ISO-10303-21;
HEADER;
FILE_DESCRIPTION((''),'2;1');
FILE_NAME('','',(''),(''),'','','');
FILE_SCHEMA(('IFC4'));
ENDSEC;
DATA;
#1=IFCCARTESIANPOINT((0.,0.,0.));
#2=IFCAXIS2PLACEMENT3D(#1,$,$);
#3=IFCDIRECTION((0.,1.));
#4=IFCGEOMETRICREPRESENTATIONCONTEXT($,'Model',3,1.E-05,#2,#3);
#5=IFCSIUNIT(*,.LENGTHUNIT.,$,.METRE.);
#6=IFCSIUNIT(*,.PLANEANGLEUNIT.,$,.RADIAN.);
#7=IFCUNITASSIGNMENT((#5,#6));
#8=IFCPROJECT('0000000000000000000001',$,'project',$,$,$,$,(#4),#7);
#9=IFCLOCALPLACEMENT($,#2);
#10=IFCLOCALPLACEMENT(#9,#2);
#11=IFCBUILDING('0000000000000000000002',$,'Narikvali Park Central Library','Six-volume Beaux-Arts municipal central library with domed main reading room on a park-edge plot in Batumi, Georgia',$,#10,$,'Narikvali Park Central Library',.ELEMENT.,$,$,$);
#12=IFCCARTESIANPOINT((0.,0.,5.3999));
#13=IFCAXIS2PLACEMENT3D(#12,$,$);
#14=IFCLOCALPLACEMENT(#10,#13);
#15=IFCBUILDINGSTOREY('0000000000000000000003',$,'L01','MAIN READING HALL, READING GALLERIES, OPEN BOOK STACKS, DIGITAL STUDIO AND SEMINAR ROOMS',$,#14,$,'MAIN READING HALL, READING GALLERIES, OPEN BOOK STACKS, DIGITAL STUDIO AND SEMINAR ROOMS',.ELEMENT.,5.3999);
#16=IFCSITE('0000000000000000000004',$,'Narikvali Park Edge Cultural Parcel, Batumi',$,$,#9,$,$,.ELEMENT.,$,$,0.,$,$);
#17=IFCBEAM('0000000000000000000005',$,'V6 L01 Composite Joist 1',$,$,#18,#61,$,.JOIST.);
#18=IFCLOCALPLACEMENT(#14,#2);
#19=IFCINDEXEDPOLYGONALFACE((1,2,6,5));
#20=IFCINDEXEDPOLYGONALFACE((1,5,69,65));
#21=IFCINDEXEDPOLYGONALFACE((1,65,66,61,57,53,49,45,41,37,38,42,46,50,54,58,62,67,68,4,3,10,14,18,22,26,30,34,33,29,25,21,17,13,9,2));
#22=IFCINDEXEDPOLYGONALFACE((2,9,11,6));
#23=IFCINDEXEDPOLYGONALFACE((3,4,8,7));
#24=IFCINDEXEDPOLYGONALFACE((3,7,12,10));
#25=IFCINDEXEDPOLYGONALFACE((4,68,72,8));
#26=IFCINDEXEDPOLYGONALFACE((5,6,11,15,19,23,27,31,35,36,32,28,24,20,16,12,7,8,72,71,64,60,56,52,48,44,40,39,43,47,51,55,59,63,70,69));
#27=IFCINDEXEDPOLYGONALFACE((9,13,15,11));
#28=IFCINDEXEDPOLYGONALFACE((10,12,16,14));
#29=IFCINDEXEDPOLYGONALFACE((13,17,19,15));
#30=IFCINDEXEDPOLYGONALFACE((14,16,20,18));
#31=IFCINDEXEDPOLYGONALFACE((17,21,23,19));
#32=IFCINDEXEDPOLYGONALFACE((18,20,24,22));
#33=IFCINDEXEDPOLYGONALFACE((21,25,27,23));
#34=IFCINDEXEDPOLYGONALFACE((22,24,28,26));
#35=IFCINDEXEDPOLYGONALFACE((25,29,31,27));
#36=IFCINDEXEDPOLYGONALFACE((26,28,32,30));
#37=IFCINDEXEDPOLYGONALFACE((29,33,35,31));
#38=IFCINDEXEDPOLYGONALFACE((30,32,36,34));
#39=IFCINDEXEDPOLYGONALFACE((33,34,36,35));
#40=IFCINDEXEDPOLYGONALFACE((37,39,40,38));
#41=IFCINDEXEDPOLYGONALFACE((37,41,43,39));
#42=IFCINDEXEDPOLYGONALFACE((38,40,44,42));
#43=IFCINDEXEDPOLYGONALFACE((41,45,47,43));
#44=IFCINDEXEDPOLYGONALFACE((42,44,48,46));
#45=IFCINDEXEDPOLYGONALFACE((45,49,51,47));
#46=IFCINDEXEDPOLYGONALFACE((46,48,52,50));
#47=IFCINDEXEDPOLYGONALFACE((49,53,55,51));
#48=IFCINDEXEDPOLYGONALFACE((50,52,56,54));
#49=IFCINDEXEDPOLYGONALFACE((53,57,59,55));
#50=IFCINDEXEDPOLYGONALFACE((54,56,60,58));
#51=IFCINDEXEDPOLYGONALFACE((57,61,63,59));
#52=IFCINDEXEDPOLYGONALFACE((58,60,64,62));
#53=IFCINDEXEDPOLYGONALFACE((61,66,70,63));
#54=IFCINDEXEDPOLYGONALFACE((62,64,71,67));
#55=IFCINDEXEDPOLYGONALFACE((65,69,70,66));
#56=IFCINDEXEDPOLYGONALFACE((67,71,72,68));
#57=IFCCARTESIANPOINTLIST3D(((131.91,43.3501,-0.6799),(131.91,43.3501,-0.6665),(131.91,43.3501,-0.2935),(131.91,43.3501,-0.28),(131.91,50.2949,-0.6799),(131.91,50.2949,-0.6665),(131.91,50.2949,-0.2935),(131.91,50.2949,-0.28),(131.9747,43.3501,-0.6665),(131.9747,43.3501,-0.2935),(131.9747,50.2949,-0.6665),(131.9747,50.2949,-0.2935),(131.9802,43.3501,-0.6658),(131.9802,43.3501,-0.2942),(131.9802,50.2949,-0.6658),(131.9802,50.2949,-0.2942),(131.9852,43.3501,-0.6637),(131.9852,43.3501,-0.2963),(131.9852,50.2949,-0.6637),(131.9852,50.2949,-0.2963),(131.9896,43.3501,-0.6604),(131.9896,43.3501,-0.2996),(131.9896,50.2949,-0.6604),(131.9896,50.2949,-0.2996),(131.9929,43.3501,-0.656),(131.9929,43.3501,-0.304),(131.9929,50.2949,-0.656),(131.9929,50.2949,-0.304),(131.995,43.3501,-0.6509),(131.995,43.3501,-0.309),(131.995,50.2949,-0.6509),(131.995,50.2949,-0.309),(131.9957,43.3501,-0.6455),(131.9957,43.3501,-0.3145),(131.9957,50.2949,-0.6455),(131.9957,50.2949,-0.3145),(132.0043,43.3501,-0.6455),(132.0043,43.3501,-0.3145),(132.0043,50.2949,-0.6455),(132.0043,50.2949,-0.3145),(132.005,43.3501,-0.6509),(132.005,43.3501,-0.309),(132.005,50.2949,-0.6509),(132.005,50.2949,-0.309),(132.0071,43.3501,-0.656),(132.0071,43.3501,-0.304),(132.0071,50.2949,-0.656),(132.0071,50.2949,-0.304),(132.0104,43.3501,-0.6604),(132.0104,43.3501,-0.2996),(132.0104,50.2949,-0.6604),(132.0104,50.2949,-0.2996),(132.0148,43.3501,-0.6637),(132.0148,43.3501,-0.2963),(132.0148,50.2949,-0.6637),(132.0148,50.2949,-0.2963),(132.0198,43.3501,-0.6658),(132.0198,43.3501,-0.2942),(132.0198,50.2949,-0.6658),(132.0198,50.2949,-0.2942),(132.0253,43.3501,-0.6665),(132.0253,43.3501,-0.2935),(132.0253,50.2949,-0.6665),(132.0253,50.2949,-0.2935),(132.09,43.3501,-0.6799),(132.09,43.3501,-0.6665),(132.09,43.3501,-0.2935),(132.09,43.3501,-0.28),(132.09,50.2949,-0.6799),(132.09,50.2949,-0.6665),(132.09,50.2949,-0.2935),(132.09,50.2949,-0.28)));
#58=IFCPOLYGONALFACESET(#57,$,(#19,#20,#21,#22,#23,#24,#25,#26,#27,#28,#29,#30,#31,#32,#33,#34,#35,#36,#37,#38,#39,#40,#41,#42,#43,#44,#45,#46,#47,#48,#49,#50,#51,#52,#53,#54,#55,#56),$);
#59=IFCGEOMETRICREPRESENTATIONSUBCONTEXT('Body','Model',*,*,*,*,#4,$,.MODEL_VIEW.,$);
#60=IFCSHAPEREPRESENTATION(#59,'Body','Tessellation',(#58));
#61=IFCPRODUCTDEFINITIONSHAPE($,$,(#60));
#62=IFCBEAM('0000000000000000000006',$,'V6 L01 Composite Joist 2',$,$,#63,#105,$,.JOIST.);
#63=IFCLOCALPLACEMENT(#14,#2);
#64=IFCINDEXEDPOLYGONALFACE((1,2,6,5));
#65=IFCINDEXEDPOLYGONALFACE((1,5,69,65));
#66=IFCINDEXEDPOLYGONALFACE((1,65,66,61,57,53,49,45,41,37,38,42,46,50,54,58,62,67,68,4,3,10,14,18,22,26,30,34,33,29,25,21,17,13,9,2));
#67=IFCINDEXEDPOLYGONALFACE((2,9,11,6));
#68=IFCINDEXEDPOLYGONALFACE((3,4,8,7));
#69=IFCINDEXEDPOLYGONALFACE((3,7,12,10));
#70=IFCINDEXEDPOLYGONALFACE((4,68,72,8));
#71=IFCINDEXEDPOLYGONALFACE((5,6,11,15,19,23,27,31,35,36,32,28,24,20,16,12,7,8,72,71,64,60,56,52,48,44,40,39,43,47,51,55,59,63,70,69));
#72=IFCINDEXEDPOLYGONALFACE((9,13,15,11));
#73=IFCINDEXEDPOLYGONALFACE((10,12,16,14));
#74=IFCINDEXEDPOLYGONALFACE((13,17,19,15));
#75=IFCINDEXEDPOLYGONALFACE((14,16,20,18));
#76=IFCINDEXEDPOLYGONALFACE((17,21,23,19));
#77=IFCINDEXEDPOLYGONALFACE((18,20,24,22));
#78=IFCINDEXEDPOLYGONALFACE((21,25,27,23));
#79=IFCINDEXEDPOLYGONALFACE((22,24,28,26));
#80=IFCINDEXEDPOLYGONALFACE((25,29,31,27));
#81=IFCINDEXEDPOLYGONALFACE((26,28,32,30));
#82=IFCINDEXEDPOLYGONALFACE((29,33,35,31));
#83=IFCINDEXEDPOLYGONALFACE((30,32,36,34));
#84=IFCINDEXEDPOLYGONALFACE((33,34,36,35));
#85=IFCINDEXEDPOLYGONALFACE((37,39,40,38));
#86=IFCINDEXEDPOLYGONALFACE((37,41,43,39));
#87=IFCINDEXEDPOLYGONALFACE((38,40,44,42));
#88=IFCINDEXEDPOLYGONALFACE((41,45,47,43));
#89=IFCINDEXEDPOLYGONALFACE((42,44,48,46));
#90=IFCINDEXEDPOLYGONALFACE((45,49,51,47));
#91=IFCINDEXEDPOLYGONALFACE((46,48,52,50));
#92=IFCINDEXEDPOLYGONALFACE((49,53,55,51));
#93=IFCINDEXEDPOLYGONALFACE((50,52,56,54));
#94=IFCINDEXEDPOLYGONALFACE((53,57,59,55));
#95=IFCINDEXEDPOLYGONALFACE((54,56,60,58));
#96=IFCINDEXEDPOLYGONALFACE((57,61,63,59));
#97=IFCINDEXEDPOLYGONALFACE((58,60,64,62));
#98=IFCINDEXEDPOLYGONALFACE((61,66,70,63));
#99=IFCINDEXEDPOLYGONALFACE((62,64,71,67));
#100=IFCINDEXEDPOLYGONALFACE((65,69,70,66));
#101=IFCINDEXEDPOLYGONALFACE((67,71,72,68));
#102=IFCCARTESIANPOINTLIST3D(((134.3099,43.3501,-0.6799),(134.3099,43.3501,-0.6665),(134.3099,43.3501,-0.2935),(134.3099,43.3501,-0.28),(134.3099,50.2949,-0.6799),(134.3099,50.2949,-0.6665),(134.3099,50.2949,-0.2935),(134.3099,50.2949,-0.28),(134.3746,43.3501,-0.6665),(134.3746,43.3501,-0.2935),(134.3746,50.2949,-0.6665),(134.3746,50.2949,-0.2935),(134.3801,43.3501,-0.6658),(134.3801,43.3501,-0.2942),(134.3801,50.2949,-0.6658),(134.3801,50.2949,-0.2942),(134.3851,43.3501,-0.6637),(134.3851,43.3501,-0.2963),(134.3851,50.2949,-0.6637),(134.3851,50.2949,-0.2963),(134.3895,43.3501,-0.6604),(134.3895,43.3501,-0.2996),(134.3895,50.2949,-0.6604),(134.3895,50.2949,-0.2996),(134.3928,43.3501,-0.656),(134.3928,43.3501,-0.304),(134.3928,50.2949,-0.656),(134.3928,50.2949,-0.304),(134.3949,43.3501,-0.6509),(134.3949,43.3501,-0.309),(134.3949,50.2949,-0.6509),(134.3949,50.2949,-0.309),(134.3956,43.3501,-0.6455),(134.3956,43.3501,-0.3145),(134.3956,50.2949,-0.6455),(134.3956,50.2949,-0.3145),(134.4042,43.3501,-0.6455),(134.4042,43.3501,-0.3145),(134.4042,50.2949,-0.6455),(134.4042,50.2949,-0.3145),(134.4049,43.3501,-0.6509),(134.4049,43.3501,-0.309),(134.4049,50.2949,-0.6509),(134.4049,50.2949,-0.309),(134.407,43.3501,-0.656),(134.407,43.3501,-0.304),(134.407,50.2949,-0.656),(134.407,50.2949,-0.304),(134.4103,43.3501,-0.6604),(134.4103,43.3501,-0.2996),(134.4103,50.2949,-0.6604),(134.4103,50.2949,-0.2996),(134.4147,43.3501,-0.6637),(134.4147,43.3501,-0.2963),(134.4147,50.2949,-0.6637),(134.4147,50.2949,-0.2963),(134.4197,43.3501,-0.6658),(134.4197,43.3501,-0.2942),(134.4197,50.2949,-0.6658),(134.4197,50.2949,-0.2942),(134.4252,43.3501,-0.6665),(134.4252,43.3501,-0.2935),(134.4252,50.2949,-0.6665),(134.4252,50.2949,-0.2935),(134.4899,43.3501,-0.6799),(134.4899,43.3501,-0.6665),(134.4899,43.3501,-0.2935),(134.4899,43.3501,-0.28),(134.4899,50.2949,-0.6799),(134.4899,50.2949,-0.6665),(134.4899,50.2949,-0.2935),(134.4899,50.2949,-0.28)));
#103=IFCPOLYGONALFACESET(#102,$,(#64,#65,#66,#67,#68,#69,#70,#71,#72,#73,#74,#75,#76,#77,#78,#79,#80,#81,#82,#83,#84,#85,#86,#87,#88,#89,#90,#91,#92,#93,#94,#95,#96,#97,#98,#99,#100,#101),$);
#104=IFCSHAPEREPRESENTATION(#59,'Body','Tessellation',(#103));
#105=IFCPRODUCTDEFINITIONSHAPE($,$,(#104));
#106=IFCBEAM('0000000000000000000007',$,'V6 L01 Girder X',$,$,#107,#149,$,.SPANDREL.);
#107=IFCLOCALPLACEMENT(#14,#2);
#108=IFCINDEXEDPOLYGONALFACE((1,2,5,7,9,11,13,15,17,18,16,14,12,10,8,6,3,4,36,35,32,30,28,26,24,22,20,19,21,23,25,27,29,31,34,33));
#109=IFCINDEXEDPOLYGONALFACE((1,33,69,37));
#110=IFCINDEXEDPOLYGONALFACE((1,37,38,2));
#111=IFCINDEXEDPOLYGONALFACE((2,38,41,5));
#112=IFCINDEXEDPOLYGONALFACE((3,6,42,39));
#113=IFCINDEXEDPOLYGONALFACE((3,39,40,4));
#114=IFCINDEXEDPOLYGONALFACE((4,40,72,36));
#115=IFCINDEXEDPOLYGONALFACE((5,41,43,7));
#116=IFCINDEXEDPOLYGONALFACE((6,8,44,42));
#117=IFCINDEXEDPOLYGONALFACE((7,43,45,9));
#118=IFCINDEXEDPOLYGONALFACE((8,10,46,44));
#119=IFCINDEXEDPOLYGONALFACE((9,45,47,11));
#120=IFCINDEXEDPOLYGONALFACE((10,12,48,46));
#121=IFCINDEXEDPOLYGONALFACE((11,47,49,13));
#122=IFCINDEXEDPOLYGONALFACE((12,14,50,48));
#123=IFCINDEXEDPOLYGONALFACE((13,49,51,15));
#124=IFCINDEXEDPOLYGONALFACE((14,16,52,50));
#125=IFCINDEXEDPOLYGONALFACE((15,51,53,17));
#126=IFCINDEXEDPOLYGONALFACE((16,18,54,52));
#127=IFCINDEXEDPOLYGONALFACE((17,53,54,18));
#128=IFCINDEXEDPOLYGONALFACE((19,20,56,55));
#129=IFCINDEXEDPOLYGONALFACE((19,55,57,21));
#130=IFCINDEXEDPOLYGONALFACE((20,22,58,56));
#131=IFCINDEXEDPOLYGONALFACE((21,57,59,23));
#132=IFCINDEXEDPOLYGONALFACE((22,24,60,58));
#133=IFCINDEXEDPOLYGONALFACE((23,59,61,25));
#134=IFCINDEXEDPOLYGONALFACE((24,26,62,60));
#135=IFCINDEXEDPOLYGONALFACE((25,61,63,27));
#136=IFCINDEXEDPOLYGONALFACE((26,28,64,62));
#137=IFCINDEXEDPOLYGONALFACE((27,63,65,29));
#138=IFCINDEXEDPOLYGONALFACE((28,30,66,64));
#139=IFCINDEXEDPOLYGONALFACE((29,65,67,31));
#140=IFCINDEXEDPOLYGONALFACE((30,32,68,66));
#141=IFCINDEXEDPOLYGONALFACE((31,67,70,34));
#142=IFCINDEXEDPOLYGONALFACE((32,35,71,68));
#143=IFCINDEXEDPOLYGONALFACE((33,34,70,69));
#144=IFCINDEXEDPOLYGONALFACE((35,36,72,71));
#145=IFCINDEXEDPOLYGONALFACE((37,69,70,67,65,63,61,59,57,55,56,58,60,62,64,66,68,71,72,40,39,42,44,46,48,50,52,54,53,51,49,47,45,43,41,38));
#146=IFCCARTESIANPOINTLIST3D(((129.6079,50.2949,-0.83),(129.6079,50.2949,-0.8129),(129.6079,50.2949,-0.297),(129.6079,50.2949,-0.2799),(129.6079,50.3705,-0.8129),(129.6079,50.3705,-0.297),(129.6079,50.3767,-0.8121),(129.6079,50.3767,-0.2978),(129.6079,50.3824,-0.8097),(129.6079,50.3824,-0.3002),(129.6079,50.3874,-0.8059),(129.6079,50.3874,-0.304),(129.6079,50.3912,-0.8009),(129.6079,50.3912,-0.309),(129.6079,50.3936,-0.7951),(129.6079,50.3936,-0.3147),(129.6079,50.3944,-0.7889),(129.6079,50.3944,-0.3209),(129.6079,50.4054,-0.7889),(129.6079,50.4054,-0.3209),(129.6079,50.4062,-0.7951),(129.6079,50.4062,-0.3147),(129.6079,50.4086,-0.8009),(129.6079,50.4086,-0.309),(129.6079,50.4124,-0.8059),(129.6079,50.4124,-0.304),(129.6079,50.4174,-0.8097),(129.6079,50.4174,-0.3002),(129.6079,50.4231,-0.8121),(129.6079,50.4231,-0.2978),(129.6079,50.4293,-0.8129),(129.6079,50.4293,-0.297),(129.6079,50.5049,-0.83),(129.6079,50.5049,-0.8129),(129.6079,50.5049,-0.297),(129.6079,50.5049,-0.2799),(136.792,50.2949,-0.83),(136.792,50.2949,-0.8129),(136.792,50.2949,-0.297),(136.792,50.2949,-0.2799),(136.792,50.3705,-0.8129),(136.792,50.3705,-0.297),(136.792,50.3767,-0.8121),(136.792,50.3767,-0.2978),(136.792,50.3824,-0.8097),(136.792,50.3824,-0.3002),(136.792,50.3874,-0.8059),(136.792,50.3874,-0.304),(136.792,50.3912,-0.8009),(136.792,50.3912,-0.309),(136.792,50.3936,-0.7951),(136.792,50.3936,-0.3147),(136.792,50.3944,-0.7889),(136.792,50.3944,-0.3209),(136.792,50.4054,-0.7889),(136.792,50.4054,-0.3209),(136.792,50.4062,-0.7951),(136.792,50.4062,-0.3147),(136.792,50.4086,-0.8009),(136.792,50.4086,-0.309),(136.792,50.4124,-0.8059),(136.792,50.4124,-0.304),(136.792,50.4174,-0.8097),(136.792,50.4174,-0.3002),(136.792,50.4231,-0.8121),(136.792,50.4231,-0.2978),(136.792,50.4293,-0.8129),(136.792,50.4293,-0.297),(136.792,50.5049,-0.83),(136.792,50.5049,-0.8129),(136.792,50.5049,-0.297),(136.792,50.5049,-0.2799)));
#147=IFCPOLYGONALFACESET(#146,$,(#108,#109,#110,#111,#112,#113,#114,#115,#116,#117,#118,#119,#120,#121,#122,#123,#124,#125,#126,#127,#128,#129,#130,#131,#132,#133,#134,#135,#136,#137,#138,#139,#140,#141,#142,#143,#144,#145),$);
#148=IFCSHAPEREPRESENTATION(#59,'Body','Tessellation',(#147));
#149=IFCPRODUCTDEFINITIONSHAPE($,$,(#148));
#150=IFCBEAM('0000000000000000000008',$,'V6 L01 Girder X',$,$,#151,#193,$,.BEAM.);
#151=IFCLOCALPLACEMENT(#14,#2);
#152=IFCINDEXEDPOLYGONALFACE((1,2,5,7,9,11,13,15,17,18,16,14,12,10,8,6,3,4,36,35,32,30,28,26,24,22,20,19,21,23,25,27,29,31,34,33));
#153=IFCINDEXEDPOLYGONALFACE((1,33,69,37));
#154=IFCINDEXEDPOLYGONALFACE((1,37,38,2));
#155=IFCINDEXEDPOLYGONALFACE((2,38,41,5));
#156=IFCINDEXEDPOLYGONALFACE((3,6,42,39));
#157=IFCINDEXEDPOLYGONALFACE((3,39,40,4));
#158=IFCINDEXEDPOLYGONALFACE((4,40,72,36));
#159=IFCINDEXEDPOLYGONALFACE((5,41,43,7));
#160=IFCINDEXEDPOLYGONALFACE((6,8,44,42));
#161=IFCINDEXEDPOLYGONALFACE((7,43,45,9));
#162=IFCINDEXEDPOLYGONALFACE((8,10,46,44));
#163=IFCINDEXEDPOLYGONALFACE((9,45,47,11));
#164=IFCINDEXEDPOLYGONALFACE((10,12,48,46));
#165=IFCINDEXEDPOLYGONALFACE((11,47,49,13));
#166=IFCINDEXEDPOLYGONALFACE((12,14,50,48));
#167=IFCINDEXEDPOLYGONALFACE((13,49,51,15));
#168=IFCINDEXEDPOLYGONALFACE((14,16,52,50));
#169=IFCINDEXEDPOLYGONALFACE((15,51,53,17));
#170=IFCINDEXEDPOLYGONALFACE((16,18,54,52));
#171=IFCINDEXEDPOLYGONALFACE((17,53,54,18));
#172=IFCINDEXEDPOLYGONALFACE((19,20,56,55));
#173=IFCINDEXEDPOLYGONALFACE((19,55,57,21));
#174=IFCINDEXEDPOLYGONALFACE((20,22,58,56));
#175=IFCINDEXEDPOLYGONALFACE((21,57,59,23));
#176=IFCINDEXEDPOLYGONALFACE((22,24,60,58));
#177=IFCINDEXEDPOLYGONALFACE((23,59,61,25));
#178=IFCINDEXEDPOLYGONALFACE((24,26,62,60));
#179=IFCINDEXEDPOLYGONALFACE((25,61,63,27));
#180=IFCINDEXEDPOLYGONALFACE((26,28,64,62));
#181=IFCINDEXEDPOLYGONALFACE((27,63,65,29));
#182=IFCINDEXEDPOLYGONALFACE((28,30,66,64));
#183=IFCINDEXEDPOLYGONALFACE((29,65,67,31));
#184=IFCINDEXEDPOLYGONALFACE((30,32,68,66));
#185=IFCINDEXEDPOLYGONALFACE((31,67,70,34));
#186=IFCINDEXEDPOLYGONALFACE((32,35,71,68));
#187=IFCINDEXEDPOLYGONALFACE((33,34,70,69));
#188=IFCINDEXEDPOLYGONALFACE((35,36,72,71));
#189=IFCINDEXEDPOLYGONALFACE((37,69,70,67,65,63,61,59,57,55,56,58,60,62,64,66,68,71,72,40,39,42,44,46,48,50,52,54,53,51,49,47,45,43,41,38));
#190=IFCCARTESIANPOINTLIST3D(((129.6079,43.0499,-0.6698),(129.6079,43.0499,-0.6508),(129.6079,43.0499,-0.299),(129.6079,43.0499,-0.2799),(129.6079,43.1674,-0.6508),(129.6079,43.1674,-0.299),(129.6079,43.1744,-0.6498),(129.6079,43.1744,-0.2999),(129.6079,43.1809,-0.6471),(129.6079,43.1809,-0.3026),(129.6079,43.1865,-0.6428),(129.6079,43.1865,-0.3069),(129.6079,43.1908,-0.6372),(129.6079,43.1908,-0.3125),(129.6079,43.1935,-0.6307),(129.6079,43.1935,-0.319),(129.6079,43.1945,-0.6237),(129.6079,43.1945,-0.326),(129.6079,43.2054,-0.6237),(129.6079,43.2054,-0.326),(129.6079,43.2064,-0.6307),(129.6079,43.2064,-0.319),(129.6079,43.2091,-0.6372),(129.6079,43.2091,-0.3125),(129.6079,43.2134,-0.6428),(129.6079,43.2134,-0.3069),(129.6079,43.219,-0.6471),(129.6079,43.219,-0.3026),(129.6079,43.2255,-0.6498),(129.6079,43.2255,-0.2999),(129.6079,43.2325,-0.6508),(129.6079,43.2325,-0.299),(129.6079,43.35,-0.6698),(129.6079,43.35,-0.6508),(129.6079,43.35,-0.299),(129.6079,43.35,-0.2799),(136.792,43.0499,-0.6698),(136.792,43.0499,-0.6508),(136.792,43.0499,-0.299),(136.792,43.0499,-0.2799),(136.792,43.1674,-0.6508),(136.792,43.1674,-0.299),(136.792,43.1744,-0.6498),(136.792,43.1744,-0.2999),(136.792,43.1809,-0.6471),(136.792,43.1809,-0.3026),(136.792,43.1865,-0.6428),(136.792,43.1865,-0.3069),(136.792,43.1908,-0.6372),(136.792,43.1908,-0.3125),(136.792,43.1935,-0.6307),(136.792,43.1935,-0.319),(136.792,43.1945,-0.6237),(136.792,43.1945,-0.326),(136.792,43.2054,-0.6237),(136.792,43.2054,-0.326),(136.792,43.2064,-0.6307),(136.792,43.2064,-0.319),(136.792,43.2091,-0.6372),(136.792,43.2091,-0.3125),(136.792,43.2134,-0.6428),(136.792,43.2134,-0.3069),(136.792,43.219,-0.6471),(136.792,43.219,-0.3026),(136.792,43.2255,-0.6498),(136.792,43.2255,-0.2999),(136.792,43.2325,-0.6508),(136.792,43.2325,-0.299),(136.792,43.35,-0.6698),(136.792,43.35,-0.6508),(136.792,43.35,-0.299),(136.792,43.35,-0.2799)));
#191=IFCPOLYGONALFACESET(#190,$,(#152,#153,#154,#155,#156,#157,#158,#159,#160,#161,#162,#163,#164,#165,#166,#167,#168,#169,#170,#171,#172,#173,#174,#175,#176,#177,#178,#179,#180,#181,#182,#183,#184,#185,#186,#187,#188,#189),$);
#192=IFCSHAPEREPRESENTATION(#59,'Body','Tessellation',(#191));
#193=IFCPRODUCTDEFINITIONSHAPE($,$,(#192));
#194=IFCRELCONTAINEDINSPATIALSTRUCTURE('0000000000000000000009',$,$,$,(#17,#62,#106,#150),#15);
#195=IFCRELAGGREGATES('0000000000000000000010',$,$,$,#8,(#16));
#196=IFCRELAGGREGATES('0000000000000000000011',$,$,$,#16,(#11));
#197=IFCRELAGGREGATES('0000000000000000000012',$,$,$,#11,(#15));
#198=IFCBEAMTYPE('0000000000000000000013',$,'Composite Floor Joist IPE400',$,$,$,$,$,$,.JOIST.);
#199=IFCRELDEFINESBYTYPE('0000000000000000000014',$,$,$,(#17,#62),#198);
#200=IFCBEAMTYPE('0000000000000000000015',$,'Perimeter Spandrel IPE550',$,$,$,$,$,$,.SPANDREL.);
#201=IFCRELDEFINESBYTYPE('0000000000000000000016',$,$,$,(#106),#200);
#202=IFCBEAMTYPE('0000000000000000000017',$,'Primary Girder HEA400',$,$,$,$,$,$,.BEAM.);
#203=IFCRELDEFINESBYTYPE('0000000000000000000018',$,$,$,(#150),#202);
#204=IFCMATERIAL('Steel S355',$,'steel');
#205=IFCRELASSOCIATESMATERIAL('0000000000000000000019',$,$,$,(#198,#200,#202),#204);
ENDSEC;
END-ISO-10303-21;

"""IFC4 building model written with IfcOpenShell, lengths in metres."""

from ifc_helpers import new_model, si_unit, direction, frame, origin, origin_2d, place, context, subcontext, project, spatial, i_section, extrude, material, material_profile, profile_set, type_object, element, save


model = new_model("IFC4")

# Units and contexts
model_context = context("Model", 3, precision=1e-05, world=origin(), true_north=direction((0.0, 1.0)))
body_context = subcontext(model_context, "Body", "Model", "MODEL_VIEW")
ifc_project = project(units=[si_unit("LENGTHUNIT", "METRE"), si_unit("PLANEANGLEUNIT", "RADIAN")], contexts=[model_context])

# Site, building, storey
site_placement = place(None, origin())
site = spatial("IfcSite", under=ifc_project, at=site_placement, Name="Narikvali Park Edge Cultural Parcel, Batumi", CompositionType="ELEMENT", RefElevation=0.0)
building_placement = place(site_placement, origin())
building = spatial("IfcBuilding", under=site, at=building_placement, Name="Narikvali Park Central Library", Description="Six-volume Beaux-Arts municipal central library with domed main reading room on a park-edge plot in Batumi, Georgia", LongName="Narikvali Park Central Library", CompositionType="ELEMENT")
storey_placement = place(building_placement, frame((0.0, 0.0, 5.3999)))
storey = spatial("IfcBuildingStorey", under=building, at=storey_placement, Name="L01", Description="MAIN READING HALL, READING GALLERIES, OPEN BOOK STACKS, DIGITAL STUDIO AND SEMINAR ROOMS", LongName="MAIN READING HALL, READING GALLERIES, OPEN BOOK STACKS, DIGITAL STUDIO AND SEMINAR ROOMS", CompositionType="ELEMENT", Elevation=5.3999)

# Shared definitions
ifc_material_1 = material(Name="Steel S355", Category="steel")

# Beams
ifc_material_profile_1 = material_profile(ifc_material_1, i_section(OverallWidth=0.1799, OverallDepth=0.3999, WebThickness=0.0085, FlangeThickness=0.0134, FilletRadius=0.021, at=origin_2d()), Name="IPE 400")
ifc_profile_set_1 = profile_set([ifc_material_profile_1], Name="Steel S355")
beam_type_1 = type_object("IfcBeamType", Name="Composite Floor Joist IPE400", PredefinedType="JOIST", material=ifc_profile_set_1)
for number, where, z_axis, x_axis, name in (
    (1, (132.0, 43.3501, -0.48), (0.0, 1.0, 0.0), (-1.0, 0.0, 0.0), "V6 L01 Composite Joist 1"),
    (2, (134.3999, 43.3501, -0.48), (0.0, 1.0, 0.0), (-1.0, 0.0, 0.0), "V6 L01 Composite Joist 2"),
):
    element("IfcBeam", number, at=place(storey_placement, frame(where, z_axis=z_axis, x_axis=x_axis)), inside=storey, type_object=beam_type_1, Name=name, PredefinedType="JOIST", context=body_context, shape_type="SweptSolid", body=[
        extrude(i_section(OverallWidth=0.1799, OverallDepth=0.3999, WebThickness=0.0085, FlangeThickness=0.0134, FilletRadius=0.021, at=origin_2d()), origin(), (0.0, 0.0, 1.0), 6.9448),
    ])
ifc_material_profile_2 = material_profile(ifc_material_1, i_section(OverallWidth=0.21, OverallDepth=0.55, WebThickness=0.011, FlangeThickness=0.0171, FilletRadius=0.0239, at=origin_2d()), Name="IPE 550")
ifc_profile_set_2 = profile_set([ifc_material_profile_2], Name="Steel S355")
beam_type_2 = type_object("IfcBeamType", Name="Perimeter Spandrel IPE550", PredefinedType="SPANDREL", material=ifc_profile_set_2)
beam_1_placement = place(storey_placement, frame((129.6079, 50.3999, -0.5549), z_axis=(1.0, 0.0, 0.0), x_axis=(0.0, 1.0, 0.0)))
element("IfcBeam", 3, at=beam_1_placement, inside=storey, type_object=beam_type_2, Name="V6 L01 Girder X", PredefinedType="SPANDREL", context=body_context, shape_type="SweptSolid", body=[
    extrude(i_section(OverallWidth=0.21, OverallDepth=0.55, WebThickness=0.011, FlangeThickness=0.0171, FilletRadius=0.0239, at=origin_2d()), origin(), (0.0, 0.0, 1.0), 7.1841),
])
ifc_material_profile_3 = material_profile(ifc_material_1, i_section(OverallWidth=0.3, OverallDepth=0.3899, WebThickness=0.011, FlangeThickness=0.019, FilletRadius=0.0271, at=origin_2d()), Name="HEA 400")
ifc_profile_set_3 = profile_set([ifc_material_profile_3], Name="Steel S355")
beam_type_3 = type_object("IfcBeamType", Name="Primary Girder HEA400", PredefinedType="BEAM", material=ifc_profile_set_3)
beam_2_placement = place(storey_placement, frame((129.6079, 43.2, -0.4749), z_axis=(1.0, 0.0, 0.0), x_axis=(0.0, 1.0, 0.0)))
element("IfcBeam", 4, at=beam_2_placement, inside=storey, type_object=beam_type_3, Name="V6 L01 Girder X", PredefinedType="BEAM", context=body_context, shape_type="SweptSolid", body=[
    extrude(i_section(OverallWidth=0.3, OverallDepth=0.3899, WebThickness=0.011, FlangeThickness=0.019, FilletRadius=0.0271, at=origin_2d()), origin(), (0.0, 0.0, 1.0), 7.1841),
])

save(model, "model.ifc")
